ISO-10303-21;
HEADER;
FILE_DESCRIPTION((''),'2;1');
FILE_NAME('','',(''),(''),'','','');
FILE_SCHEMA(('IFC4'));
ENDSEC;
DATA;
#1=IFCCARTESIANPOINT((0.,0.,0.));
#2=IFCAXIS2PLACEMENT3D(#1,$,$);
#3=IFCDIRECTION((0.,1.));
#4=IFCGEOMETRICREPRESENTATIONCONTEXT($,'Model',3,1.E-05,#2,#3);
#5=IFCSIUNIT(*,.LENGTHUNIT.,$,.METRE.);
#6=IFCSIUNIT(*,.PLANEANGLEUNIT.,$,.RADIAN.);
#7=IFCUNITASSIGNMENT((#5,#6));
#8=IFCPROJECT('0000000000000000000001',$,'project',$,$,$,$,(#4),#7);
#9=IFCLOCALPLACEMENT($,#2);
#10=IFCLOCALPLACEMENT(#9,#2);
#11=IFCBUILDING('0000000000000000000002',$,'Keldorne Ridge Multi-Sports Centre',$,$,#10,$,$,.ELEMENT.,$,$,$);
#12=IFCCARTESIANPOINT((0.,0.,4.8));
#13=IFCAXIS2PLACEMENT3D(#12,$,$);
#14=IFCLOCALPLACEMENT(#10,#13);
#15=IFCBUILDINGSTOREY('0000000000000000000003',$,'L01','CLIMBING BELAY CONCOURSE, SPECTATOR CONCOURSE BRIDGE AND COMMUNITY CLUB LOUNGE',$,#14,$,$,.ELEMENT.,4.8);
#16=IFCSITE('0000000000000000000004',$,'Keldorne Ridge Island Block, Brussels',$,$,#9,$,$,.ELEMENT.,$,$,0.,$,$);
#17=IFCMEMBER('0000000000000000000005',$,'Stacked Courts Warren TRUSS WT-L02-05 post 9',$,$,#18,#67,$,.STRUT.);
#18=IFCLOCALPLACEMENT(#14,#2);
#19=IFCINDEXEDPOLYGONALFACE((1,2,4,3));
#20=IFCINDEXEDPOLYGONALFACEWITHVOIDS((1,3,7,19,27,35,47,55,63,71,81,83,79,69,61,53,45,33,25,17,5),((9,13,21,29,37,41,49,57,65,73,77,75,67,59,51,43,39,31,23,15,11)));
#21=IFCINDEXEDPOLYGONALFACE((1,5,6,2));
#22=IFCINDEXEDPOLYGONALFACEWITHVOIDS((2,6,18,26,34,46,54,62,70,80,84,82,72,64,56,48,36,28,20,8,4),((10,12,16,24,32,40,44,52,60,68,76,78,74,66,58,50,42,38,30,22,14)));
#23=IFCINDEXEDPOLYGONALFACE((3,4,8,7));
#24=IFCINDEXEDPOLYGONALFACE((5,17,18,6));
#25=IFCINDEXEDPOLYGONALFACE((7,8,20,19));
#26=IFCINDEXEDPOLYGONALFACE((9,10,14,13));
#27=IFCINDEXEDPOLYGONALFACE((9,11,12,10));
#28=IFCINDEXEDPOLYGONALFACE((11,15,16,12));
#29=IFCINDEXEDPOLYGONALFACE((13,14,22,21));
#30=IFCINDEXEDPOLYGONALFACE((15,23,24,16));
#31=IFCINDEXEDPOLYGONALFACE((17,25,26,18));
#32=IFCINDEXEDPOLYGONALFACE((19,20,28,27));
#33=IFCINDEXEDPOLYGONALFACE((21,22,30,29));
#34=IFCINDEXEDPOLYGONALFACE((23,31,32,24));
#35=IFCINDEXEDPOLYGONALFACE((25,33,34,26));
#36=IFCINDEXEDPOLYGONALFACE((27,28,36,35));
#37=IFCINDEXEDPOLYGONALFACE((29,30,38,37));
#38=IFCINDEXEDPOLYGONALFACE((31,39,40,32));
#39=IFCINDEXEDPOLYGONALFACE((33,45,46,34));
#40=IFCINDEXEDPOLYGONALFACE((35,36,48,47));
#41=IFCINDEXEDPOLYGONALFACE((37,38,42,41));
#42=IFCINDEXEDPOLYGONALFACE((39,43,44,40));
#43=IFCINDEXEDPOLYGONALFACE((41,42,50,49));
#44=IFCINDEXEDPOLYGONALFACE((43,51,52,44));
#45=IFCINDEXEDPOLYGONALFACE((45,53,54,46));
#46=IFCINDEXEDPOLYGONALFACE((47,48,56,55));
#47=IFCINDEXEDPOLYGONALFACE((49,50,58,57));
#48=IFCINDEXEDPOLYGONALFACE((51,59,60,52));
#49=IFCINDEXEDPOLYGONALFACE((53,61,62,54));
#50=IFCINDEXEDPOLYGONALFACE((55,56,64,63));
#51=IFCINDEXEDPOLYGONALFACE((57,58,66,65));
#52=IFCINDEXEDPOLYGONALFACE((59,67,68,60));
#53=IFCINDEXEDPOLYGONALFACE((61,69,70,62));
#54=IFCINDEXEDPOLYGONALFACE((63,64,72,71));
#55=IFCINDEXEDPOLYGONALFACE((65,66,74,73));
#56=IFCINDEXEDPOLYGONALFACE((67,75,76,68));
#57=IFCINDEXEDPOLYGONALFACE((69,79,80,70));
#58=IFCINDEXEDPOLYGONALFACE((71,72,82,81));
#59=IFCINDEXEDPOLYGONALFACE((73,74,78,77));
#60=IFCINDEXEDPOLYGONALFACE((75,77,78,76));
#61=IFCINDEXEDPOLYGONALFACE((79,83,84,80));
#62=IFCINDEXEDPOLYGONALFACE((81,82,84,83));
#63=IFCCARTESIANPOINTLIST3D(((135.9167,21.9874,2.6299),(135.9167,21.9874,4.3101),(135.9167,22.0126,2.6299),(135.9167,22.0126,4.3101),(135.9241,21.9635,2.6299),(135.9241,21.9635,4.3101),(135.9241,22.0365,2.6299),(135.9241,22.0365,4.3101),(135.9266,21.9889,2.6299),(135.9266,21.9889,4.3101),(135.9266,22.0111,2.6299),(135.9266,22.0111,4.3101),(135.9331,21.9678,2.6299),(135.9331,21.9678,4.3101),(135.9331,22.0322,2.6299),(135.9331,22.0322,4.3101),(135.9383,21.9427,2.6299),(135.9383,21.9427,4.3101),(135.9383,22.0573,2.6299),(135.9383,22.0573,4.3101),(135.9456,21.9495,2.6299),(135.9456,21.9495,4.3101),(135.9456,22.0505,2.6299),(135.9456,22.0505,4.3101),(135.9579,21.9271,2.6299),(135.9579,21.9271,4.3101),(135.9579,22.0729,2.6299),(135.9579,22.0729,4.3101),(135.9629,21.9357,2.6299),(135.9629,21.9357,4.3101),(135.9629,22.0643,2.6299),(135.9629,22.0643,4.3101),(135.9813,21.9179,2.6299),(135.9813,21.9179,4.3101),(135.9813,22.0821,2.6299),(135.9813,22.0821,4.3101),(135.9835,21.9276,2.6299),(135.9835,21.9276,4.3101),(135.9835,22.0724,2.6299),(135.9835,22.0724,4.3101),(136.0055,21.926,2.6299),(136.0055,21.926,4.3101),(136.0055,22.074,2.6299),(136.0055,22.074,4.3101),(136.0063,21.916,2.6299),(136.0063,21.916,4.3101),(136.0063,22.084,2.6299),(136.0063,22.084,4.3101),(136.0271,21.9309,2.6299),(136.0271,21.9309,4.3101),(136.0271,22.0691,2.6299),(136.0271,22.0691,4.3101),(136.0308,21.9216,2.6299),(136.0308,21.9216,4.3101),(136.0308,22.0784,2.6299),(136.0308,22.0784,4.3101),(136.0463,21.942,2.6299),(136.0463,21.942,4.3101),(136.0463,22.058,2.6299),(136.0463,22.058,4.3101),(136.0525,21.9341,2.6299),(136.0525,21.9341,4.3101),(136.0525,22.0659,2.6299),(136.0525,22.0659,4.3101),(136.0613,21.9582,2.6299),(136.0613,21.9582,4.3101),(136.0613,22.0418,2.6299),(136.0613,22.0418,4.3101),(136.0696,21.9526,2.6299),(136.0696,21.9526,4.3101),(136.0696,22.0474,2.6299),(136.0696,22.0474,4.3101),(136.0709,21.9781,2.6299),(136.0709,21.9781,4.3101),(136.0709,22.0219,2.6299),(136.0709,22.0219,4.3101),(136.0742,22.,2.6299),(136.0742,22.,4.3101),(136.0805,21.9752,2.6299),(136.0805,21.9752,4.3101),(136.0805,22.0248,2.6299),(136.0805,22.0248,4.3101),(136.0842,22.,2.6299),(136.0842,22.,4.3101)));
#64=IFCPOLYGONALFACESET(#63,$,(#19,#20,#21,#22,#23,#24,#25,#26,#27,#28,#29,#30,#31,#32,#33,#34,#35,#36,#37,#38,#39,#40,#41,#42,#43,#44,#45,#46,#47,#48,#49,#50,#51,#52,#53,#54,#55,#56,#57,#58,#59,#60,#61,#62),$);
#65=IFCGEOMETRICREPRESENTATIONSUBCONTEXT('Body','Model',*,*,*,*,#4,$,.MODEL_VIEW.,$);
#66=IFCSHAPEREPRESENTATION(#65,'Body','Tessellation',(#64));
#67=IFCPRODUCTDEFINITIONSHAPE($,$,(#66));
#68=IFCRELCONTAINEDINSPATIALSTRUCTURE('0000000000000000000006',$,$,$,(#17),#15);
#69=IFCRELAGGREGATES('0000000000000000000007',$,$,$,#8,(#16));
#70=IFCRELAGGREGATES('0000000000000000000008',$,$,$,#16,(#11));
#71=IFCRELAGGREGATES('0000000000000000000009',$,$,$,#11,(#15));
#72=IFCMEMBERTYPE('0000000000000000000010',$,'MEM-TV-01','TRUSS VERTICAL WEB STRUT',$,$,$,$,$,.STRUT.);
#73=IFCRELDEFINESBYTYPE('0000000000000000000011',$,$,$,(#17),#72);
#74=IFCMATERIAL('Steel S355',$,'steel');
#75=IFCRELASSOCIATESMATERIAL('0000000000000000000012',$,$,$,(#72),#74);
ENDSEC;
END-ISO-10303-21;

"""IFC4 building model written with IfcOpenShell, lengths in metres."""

from ifc_helpers import new_model, si_unit, direction, frame, origin, origin_2d, place, context, subcontext, project, spatial, hollow_circle, extrude, material, material_profile, profile_set, type_object, element, save


model = new_model("IFC4")

# Units and contexts
model_context = context("Model", 3, precision=1e-05, world=origin(), true_north=direction((0.0, 1.0)))
body_context = subcontext(model_context, "Body", "Model", "MODEL_VIEW")
ifc_project = project(units=[si_unit("LENGTHUNIT", "METRE"), si_unit("PLANEANGLEUNIT", "RADIAN")], contexts=[model_context])

# Site, building, storey
site_placement = place(None, origin())
site = spatial("IfcSite", under=ifc_project, at=site_placement, Name="Keldorne Ridge Island Block, Brussels", CompositionType="ELEMENT", RefElevation=0.0)
building_placement = place(site_placement, origin())
building = spatial("IfcBuilding", under=site, at=building_placement, Name="Keldorne Ridge Multi-Sports Centre", CompositionType="ELEMENT")
storey_placement = place(building_placement, frame((0.0, 0.0, 4.8)))
storey = spatial("IfcBuildingStorey", under=building, at=storey_placement, Name="L01", Description="CLIMBING BELAY CONCOURSE, SPECTATOR CONCOURSE BRIDGE AND COMMUNITY CLUB LOUNGE", CompositionType="ELEMENT", Elevation=4.8)

# Member
ifc_material = material(Name="Steel S355", Category="steel")
ifc_material_profile_1 = material_profile(ifc_material, hollow_circle(Radius=0.0842, WallThickness=0.01, at=origin_2d()), Name="CHS 168.3x10")
ifc_profile_set_1 = profile_set([ifc_material_profile_1], Name="Steel S355")
member_type_1 = type_object("IfcMemberType", Name="MEM-TV-01", Description="TRUSS VERTICAL WEB STRUT", PredefinedType="STRUT", material=ifc_profile_set_1)
for number, where, z_axis, x_axis, name in (
    (1, (136.0, 22.0, 2.6299), (0.0, 0.0, 1.0), (1.0, 0.0, 0.0), "Stacked Courts Warren TRUSS WT-L02-05 post 9"),
):
    element("IfcMember", number, at=place(storey_placement, frame(where, z_axis=z_axis, x_axis=x_axis)), inside=storey, type_object=member_type_1, Name=name, PredefinedType="STRUT", context=body_context, shape_type="SweptSolid", body=[
        extrude(hollow_circle(Radius=0.0842, WallThickness=0.01, at=origin_2d()), origin(), (0.0, 0.0, 1.0), 1.6802),
    ])

save(model, "model.ifc")
